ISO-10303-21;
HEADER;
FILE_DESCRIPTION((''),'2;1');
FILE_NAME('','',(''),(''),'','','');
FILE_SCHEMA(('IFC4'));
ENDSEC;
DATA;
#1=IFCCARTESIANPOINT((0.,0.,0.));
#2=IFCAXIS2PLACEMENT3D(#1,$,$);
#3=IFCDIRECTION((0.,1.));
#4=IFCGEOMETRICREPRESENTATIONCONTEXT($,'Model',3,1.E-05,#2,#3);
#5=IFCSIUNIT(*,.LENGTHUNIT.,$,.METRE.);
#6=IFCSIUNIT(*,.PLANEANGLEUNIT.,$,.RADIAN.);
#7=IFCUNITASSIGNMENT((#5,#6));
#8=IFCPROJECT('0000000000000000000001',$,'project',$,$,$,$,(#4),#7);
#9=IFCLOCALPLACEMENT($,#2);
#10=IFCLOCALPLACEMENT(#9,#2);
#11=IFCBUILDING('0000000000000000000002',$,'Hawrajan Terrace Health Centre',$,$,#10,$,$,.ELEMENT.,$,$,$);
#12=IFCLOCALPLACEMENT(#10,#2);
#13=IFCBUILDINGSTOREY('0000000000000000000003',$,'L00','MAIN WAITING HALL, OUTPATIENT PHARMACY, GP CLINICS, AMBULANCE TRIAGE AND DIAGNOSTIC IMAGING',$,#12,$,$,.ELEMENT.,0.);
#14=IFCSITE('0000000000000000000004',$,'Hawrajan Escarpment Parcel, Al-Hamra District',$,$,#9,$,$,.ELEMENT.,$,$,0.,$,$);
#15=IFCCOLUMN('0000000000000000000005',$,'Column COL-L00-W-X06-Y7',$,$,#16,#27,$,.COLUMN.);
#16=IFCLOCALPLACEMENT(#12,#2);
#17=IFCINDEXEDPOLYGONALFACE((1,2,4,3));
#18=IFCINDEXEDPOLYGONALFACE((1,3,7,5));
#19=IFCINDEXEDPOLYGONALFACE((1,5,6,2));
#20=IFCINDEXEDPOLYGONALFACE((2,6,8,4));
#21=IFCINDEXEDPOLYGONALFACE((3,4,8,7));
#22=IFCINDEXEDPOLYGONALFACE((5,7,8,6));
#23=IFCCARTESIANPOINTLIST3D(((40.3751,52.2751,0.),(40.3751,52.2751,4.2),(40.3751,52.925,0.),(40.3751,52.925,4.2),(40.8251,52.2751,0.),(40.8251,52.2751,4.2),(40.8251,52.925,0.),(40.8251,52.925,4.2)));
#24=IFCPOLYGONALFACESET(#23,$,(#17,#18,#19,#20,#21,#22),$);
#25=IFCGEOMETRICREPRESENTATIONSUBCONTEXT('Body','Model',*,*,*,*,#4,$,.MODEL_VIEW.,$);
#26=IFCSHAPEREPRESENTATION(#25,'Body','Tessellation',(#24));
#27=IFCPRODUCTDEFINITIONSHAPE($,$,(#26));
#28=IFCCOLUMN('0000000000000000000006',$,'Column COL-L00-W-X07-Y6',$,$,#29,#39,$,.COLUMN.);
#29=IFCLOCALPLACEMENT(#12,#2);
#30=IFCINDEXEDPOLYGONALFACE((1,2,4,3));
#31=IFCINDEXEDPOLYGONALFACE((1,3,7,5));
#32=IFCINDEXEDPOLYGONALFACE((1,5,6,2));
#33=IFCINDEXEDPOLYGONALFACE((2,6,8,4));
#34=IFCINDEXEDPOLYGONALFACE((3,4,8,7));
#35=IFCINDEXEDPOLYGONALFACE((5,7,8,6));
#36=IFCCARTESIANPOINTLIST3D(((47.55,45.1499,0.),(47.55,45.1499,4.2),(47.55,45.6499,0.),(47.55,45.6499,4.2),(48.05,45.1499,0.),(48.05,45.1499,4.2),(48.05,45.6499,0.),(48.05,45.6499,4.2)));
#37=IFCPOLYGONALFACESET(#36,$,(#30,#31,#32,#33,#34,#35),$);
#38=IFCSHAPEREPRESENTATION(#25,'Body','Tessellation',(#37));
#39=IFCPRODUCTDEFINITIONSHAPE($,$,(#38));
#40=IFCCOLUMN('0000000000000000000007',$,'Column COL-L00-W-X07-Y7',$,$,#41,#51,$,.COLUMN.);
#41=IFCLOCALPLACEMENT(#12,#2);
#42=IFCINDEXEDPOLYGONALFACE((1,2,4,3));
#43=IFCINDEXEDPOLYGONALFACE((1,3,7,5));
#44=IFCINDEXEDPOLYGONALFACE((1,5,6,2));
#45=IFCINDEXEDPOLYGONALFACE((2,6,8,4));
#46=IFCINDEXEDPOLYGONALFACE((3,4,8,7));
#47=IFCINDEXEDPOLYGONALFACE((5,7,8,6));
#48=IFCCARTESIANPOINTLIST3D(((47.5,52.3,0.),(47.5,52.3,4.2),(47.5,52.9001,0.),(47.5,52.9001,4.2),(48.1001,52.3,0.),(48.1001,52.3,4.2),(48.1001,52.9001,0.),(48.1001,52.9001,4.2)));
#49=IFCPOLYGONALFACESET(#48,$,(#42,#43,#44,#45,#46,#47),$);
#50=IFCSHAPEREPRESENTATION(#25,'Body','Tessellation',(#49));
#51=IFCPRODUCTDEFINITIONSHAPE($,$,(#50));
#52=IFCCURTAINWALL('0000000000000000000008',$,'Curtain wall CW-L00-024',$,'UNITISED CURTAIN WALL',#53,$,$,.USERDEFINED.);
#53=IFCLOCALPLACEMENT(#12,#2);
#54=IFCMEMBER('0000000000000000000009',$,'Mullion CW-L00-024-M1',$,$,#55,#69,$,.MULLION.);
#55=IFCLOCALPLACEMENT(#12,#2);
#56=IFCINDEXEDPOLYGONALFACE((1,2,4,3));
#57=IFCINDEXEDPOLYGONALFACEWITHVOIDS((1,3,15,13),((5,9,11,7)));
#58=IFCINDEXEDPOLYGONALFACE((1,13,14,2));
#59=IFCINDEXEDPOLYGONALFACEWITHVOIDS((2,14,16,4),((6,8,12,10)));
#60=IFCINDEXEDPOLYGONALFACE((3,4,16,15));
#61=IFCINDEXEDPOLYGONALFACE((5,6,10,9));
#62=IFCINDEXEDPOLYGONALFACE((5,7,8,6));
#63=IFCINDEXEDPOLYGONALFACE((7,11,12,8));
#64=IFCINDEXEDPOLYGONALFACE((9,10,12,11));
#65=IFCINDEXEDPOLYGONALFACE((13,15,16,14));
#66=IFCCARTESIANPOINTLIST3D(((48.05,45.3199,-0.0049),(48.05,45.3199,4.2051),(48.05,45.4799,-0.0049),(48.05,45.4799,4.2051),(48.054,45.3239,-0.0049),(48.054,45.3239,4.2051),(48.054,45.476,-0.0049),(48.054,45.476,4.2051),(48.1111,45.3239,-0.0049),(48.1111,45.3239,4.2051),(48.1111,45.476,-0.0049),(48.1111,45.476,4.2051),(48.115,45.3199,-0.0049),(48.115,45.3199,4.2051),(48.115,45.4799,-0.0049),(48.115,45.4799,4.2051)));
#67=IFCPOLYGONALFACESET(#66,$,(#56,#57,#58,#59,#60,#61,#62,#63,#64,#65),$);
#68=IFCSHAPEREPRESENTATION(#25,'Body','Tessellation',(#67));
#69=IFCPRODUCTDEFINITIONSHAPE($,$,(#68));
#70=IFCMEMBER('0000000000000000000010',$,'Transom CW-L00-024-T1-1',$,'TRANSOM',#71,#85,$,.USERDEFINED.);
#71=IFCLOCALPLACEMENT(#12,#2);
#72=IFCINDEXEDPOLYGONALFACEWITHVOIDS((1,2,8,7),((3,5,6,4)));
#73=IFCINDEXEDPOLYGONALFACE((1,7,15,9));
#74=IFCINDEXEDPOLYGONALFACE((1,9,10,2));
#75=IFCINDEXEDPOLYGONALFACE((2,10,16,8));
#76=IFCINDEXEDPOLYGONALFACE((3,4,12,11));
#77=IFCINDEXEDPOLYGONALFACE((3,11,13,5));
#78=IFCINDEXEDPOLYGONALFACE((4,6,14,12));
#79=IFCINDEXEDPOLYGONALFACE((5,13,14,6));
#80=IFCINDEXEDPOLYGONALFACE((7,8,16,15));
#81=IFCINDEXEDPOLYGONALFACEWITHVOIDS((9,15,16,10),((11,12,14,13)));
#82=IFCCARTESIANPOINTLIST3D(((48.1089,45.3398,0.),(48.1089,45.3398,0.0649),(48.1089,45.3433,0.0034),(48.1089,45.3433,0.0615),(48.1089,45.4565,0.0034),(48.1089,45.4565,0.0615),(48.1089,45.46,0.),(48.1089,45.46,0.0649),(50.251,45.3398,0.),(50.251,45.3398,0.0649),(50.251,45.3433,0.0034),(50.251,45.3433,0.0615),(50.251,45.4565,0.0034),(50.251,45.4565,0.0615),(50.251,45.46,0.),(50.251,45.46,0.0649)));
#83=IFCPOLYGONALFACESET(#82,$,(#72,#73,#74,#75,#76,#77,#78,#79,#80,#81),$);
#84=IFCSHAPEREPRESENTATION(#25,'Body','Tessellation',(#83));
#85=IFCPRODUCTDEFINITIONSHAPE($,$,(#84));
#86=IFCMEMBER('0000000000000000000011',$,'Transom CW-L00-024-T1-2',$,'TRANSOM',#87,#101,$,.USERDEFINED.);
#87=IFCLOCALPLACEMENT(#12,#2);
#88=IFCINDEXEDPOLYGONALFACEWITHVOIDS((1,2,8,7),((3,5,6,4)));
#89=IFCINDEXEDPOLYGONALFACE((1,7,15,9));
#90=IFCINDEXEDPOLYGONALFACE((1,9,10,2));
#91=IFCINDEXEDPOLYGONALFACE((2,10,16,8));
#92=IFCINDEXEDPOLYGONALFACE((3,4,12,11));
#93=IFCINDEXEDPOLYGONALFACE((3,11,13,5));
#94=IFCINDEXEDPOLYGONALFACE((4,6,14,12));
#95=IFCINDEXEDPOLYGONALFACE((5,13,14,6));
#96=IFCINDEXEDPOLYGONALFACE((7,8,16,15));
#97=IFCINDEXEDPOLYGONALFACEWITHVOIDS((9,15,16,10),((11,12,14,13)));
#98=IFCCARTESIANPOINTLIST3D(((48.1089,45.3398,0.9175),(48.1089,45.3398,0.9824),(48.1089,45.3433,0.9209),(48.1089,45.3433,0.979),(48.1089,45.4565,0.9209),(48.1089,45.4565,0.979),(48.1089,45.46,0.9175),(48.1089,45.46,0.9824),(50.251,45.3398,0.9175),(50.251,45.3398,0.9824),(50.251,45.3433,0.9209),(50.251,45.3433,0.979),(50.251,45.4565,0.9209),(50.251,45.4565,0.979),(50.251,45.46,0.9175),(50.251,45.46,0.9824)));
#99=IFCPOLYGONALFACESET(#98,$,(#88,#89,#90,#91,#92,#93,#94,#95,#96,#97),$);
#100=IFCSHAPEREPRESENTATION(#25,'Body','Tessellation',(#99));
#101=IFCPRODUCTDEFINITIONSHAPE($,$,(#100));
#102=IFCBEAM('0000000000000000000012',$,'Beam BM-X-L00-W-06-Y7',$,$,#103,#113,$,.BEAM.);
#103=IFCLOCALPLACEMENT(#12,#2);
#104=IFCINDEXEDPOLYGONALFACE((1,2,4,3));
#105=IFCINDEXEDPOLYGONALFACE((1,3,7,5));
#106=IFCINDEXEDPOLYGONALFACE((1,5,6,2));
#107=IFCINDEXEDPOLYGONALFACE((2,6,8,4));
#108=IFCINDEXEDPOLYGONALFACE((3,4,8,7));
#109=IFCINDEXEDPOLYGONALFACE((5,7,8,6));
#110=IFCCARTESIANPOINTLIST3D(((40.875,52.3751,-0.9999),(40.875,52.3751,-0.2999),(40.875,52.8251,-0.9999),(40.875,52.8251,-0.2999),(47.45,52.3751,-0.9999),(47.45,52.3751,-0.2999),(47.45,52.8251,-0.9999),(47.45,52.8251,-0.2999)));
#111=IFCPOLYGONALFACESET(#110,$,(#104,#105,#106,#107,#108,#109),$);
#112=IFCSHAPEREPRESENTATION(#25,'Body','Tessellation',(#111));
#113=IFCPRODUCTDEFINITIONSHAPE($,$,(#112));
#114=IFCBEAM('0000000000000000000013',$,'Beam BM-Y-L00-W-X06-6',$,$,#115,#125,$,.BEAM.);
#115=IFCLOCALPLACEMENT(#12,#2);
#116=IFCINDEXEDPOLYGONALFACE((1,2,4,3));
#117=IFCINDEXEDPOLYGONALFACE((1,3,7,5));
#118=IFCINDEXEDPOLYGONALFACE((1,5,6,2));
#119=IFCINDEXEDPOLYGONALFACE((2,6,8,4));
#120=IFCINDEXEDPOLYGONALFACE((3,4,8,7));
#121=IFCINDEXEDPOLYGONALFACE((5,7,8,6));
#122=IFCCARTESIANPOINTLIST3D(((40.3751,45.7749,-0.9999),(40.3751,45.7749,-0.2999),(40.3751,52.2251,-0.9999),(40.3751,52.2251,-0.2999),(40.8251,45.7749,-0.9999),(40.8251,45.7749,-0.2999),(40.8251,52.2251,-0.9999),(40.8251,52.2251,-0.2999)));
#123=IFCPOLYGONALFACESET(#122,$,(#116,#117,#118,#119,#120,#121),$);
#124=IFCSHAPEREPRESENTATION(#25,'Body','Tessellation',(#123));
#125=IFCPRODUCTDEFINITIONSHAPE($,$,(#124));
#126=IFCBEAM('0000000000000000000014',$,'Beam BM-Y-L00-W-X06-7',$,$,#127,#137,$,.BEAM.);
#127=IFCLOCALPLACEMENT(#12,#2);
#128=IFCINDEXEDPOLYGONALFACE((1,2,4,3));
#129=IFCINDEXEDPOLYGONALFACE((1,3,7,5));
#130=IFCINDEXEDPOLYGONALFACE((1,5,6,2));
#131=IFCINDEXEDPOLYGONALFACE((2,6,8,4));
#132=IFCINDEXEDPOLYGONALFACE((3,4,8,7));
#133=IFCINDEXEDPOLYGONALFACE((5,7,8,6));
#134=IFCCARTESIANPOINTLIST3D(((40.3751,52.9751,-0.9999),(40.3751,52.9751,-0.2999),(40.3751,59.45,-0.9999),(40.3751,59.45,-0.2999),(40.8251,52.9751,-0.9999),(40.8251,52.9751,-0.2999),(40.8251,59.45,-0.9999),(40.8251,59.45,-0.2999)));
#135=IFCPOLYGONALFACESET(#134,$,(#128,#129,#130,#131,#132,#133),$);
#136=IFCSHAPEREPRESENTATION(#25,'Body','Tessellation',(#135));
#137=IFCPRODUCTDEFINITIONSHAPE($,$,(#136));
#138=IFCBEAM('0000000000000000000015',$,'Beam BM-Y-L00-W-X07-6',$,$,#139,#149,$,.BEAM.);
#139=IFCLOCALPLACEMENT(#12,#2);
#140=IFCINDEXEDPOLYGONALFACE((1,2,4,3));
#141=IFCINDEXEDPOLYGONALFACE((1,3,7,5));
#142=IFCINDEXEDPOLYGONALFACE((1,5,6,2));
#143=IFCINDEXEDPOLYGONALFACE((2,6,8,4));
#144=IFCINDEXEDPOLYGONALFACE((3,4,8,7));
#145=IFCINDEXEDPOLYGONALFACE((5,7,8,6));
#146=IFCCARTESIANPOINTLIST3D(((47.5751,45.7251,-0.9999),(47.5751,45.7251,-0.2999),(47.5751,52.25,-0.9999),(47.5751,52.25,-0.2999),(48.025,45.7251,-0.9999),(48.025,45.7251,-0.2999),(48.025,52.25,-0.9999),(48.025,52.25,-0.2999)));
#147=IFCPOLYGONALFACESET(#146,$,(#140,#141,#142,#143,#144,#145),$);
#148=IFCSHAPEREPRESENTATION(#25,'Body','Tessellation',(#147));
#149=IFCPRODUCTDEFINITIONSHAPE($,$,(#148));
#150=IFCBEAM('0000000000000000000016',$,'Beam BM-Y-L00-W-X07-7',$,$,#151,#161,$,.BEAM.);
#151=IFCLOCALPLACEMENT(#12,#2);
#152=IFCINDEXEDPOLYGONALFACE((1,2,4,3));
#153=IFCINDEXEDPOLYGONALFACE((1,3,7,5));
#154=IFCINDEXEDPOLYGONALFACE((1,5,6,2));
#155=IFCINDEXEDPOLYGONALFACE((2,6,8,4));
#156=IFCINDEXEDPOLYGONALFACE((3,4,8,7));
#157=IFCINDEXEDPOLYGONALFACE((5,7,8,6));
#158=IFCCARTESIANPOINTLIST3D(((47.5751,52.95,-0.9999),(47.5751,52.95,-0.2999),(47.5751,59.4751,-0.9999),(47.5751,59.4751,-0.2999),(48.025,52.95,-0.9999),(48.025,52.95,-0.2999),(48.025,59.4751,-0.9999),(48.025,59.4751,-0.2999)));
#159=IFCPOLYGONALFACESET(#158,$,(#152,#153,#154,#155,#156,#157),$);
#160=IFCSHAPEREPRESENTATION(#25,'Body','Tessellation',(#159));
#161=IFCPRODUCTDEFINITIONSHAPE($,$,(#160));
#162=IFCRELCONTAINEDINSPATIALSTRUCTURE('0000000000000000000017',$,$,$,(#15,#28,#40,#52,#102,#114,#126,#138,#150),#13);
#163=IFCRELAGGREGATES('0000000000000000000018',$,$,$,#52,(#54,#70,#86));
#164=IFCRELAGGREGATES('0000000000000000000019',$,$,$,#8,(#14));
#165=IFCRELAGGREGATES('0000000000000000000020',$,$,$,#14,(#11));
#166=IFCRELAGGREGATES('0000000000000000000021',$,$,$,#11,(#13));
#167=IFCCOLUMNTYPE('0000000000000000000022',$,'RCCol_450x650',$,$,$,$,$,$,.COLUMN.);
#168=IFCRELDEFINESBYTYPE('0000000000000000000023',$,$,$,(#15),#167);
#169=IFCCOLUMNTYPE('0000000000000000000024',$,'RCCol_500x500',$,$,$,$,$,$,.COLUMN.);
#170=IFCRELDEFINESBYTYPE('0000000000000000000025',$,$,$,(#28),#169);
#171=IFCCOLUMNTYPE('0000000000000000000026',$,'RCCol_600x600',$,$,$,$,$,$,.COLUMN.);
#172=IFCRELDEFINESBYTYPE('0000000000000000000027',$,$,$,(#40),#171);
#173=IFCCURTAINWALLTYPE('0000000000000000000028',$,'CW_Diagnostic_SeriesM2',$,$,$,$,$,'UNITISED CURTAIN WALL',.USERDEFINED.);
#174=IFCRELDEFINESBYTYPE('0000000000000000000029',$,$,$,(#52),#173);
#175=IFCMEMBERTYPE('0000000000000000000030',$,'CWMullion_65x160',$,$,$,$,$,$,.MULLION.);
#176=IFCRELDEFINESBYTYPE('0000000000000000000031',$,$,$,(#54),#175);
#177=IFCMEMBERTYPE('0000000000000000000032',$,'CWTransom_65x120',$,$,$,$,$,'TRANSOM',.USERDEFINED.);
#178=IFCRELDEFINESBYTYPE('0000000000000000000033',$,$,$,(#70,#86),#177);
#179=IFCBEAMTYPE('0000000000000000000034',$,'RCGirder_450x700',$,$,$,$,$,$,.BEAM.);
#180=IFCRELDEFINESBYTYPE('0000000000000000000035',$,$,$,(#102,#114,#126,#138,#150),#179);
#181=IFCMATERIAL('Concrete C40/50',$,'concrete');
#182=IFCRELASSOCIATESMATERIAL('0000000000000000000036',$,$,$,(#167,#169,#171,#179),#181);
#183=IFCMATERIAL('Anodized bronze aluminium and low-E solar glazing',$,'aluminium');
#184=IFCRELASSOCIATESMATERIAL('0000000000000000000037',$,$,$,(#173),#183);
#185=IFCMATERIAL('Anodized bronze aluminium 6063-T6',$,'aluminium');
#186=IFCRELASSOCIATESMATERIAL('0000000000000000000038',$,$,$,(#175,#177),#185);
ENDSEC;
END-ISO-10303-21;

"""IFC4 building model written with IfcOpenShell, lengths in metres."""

from ifc_helpers import new_model, si_unit, direction, frame, origin, origin_2d, place, context, subcontext, project, spatial, rectangle, hollow_rectangle, extrude, material, material_profile, profile_set, type_object, element, aggregate, save


model = new_model("IFC4")

# Units and contexts
model_context = context("Model", 3, precision=1e-05, world=origin(), true_north=direction((0.0, 1.0)))
body_context = subcontext(model_context, "Body", "Model", "MODEL_VIEW")
ifc_project = project(units=[si_unit("LENGTHUNIT", "METRE"), si_unit("PLANEANGLEUNIT", "RADIAN")], contexts=[model_context])

# Site, building, storey
site_placement = place(None, origin())
site = spatial("IfcSite", under=ifc_project, at=site_placement, Name="Hawrajan Escarpment Parcel, Al-Hamra District", CompositionType="ELEMENT", RefElevation=0.0)
building_placement = place(site_placement, origin())
building = spatial("IfcBuilding", under=site, at=building_placement, Name="Hawrajan Terrace Health Centre", CompositionType="ELEMENT")
storey_placement = place(building_placement, origin())
storey = spatial("IfcBuildingStorey", under=building, at=storey_placement, Name="L00", Description="MAIN WAITING HALL, OUTPATIENT PHARMACY, GP CLINICS, AMBULANCE TRIAGE AND DIAGNOSTIC IMAGING", CompositionType="ELEMENT", Elevation=0.0)

# Columns
ifc_material_1 = material(Name="Concrete C40/50", Category="concrete")
ifc_material_profile_1 = material_profile(ifc_material_1, rectangle(XDim=0.45, YDim=0.6499, at=origin_2d()), Name="RC 450x650")
ifc_profile_set_1 = profile_set([ifc_material_profile_1], Name="Concrete C40/50")
column_type_1 = type_object("IfcColumnType", Name="RCCol_450x650", PredefinedType="COLUMN", material=ifc_profile_set_1)
column_1_placement = place(storey_placement, frame((40.6001, 52.6001, 0.0), z_axis=(0.0, 0.0, 1.0), x_axis=(1.0, 0.0, 0.0)))
element("IfcColumn", 1, at=column_1_placement, inside=storey, type_object=column_type_1, Name="Column COL-L00-W-X06-Y7", PredefinedType="COLUMN", context=body_context, shape_type="SweptSolid", body=[
    extrude(rectangle(XDim=0.45, YDim=0.6499, at=origin_2d()), origin(), (0.0, 0.0, 1.0), 4.2),
])
ifc_material_profile_2 = material_profile(ifc_material_1, rectangle(XDim=0.5, YDim=0.5, at=origin_2d()), Name="RC 500x500")
ifc_profile_set_2 = profile_set([ifc_material_profile_2], Name="Concrete C40/50")
column_type_2 = type_object("IfcColumnType", Name="RCCol_500x500", PredefinedType="COLUMN", material=ifc_profile_set_2)
column_2_placement = place(storey_placement, frame((47.8, 45.3999, 0.0), z_axis=(0.0, 0.0, 1.0), x_axis=(1.0, 0.0, 0.0)))
element("IfcColumn", 2, at=column_2_placement, inside=storey, type_object=column_type_2, Name="Column COL-L00-W-X07-Y6", PredefinedType="COLUMN", context=body_context, shape_type="SweptSolid", body=[
    extrude(rectangle(XDim=0.5, YDim=0.5, at=origin_2d()), origin(), (0.0, 0.0, 1.0), 4.2),
])
ifc_material_profile_3 = material_profile(ifc_material_1, rectangle(XDim=0.6001, YDim=0.6001, at=origin_2d()), Name="RC 600x600")
ifc_profile_set_3 = profile_set([ifc_material_profile_3], Name="Concrete C40/50")
column_type_3 = type_object("IfcColumnType", Name="RCCol_600x600", PredefinedType="COLUMN", material=ifc_profile_set_3)
column_3_placement = place(storey_placement, frame((47.8, 52.6001, 0.0), z_axis=(0.0, 0.0, 1.0), x_axis=(1.0, 0.0, 0.0)))
element("IfcColumn", 3, at=column_3_placement, inside=storey, type_object=column_type_3, Name="Column COL-L00-W-X07-Y7", PredefinedType="COLUMN", context=body_context, shape_type="SweptSolid", body=[
    extrude(rectangle(XDim=0.6001, YDim=0.6001, at=origin_2d()), origin(), (0.0, 0.0, 1.0), 4.2),
])

# Curtain wall, members
ifc_material_2 = material(Name="Anodized bronze aluminium and low-E solar glazing", Category="aluminium")
curtain_wall_type = type_object("IfcCurtainWallType", Name="CW_Diagnostic_SeriesM2", ElementType="UNITISED CURTAIN WALL", PredefinedType="USERDEFINED", material=ifc_material_2)
curtain_wall_placement = place(storey_placement, origin())
curtain_wall = element("IfcCurtainWall", 4, at=curtain_wall_placement, inside=storey, type_object=curtain_wall_type, Name="Curtain wall CW-L00-024", ObjectType="UNITISED CURTAIN WALL", PredefinedType="USERDEFINED")
ifc_material_3 = material(Name="Anodized bronze aluminium 6063-T6", Category="aluminium")
ifc_material_profile_4 = material_profile(ifc_material_3, hollow_rectangle(XDim=0.0649, YDim=0.1599, WallThickness=0.0039, at=origin_2d()), Name="CW MUL 65x160")
ifc_profile_set_4 = profile_set([ifc_material_profile_4], Name="Anodized bronze aluminium 6063-T6")
member_type_1 = type_object("IfcMemberType", Name="CWMullion_65x160", PredefinedType="MULLION", material=ifc_profile_set_4)
member_1_placement = place(storey_placement, frame((48.0825, 45.3999, -0.0049), z_axis=(0.0, 0.0, 1.0), x_axis=(1.0, 0.0, 0.0)))
member_1 = element("IfcMember", 5, at=member_1_placement, type_object=member_type_1, Name="Mullion CW-L00-024-M1", PredefinedType="MULLION", context=body_context, shape_type="SweptSolid", body=[
    extrude(hollow_rectangle(XDim=0.0649, YDim=0.1599, WallThickness=0.0039, at=origin_2d()), origin(), (0.0, 0.0, 1.0), 4.21),
])
ifc_material_profile_5 = material_profile(ifc_material_3, hollow_rectangle(XDim=0.0649, YDim=0.1201, WallThickness=0.0034, at=origin_2d()), Name="CW TRN 65x120")
ifc_profile_set_5 = profile_set([ifc_material_profile_5], Name="Anodized bronze aluminium 6063-T6")
member_type_2 = type_object("IfcMemberType", Name="CWTransom_65x120", ElementType="TRANSOM", PredefinedType="USERDEFINED", material=ifc_profile_set_5)
member_2_placement = place(storey_placement, frame((48.1089, 45.3999, 0.0325), z_axis=(1.0, 0.0, 0.0), x_axis=(0.0, 0.0, 1.0)))
member_2 = element("IfcMember", 6, at=member_2_placement, type_object=member_type_2, Name="Transom CW-L00-024-T1-1", ObjectType="TRANSOM", PredefinedType="USERDEFINED", context=body_context, shape_type="SweptSolid", body=[
    extrude(hollow_rectangle(XDim=0.0649, YDim=0.1201, WallThickness=0.0034, at=origin_2d()), origin(), (0.0, 0.0, 1.0), 2.1421),
])
member_3_placement = place(storey_placement, frame((48.1089, 45.3999, 0.95), z_axis=(1.0, 0.0, 0.0), x_axis=(0.0, 0.0, 1.0)))
member_3 = element("IfcMember", 7, at=member_3_placement, type_object=member_type_2, Name="Transom CW-L00-024-T1-2", ObjectType="TRANSOM", PredefinedType="USERDEFINED", context=body_context, shape_type="SweptSolid", body=[
    extrude(hollow_rectangle(XDim=0.0649, YDim=0.1201, WallThickness=0.0034, at=origin_2d()), origin(), (0.0, 0.0, 1.0), 2.1421),
])
aggregate(curtain_wall, [member_1, member_2, member_3])

# Beams
ifc_material_profile_6 = material_profile(ifc_material_1, rectangle(XDim=0.45, YDim=0.7, at=origin_2d()), Name="RC BM 450x700")
ifc_profile_set_6 = profile_set([ifc_material_profile_6], Name="Concrete C40/50")
beam_type_1 = type_object("IfcBeamType", Name="RCGirder_450x700", PredefinedType="BEAM", material=ifc_profile_set_6)
beam_1_placement = place(storey_placement, frame((40.875, 52.6001, -0.6499), z_axis=(1.0, 0.0, 0.0), x_axis=(0.0, 1.0, 0.0)))
element("IfcBeam", 8, at=beam_1_placement, inside=storey, type_object=beam_type_1, Name="Beam BM-X-L00-W-06-Y7", PredefinedType="BEAM", context=body_context, shape_type="SweptSolid", body=[
    extrude(rectangle(XDim=0.45, YDim=0.7, at=origin_2d()), origin(), (0.0, 0.0, 1.0), 6.575),
])
beam_2_placement = place(storey_placement, frame((40.6001, 45.7749, -0.6499), z_axis=(0.0, 1.0, 0.0), x_axis=(-1.0, 0.0, 0.0)))
element("IfcBeam", 9, at=beam_2_placement, inside=storey, type_object=beam_type_1, Name="Beam BM-Y-L00-W-X06-6", PredefinedType="BEAM", context=body_context, shape_type="SweptSolid", body=[
    extrude(rectangle(XDim=0.45, YDim=0.7, at=origin_2d()), origin(), (0.0, 0.0, 1.0), 6.4502),
])
beam_3_placement = place(storey_placement, frame((40.6001, 52.9751, -0.6499), z_axis=(0.0, 1.0, 0.0), x_axis=(-1.0, 0.0, 0.0)))
element("IfcBeam", 10, at=beam_3_placement, inside=storey, type_object=beam_type_1, Name="Beam BM-Y-L00-W-X06-7", PredefinedType="BEAM", context=body_context, shape_type="SweptSolid", body=[
    extrude(rectangle(XDim=0.45, YDim=0.7, at=origin_2d()), origin(), (0.0, 0.0, 1.0), 6.4749),
])
beam_4_placement = place(storey_placement, frame((47.8, 45.7251, -0.6499), z_axis=(0.0, 1.0, 0.0), x_axis=(-1.0, 0.0, 0.0)))
element("IfcBeam", 11, at=beam_4_placement, inside=storey, type_object=beam_type_1, Name="Beam BM-Y-L00-W-X07-6", PredefinedType="BEAM", context=body_context, shape_type="SweptSolid", body=[
    extrude(rectangle(XDim=0.45, YDim=0.7, at=origin_2d()), origin(), (0.0, 0.0, 1.0), 6.5249),
])
beam_5_placement = place(storey_placement, frame((47.8, 52.95, -0.6499), z_axis=(0.0, 1.0, 0.0), x_axis=(-1.0, 0.0, 0.0)))
element("IfcBeam", 12, at=beam_5_placement, inside=storey, type_object=beam_type_1, Name="Beam BM-Y-L00-W-X07-7", PredefinedType="BEAM", context=body_context, shape_type="SweptSolid", body=[
    extrude(rectangle(XDim=0.45, YDim=0.7, at=origin_2d()), origin(), (0.0, 0.0, 1.0), 6.5251),
])

save(model, "model.ifc")
